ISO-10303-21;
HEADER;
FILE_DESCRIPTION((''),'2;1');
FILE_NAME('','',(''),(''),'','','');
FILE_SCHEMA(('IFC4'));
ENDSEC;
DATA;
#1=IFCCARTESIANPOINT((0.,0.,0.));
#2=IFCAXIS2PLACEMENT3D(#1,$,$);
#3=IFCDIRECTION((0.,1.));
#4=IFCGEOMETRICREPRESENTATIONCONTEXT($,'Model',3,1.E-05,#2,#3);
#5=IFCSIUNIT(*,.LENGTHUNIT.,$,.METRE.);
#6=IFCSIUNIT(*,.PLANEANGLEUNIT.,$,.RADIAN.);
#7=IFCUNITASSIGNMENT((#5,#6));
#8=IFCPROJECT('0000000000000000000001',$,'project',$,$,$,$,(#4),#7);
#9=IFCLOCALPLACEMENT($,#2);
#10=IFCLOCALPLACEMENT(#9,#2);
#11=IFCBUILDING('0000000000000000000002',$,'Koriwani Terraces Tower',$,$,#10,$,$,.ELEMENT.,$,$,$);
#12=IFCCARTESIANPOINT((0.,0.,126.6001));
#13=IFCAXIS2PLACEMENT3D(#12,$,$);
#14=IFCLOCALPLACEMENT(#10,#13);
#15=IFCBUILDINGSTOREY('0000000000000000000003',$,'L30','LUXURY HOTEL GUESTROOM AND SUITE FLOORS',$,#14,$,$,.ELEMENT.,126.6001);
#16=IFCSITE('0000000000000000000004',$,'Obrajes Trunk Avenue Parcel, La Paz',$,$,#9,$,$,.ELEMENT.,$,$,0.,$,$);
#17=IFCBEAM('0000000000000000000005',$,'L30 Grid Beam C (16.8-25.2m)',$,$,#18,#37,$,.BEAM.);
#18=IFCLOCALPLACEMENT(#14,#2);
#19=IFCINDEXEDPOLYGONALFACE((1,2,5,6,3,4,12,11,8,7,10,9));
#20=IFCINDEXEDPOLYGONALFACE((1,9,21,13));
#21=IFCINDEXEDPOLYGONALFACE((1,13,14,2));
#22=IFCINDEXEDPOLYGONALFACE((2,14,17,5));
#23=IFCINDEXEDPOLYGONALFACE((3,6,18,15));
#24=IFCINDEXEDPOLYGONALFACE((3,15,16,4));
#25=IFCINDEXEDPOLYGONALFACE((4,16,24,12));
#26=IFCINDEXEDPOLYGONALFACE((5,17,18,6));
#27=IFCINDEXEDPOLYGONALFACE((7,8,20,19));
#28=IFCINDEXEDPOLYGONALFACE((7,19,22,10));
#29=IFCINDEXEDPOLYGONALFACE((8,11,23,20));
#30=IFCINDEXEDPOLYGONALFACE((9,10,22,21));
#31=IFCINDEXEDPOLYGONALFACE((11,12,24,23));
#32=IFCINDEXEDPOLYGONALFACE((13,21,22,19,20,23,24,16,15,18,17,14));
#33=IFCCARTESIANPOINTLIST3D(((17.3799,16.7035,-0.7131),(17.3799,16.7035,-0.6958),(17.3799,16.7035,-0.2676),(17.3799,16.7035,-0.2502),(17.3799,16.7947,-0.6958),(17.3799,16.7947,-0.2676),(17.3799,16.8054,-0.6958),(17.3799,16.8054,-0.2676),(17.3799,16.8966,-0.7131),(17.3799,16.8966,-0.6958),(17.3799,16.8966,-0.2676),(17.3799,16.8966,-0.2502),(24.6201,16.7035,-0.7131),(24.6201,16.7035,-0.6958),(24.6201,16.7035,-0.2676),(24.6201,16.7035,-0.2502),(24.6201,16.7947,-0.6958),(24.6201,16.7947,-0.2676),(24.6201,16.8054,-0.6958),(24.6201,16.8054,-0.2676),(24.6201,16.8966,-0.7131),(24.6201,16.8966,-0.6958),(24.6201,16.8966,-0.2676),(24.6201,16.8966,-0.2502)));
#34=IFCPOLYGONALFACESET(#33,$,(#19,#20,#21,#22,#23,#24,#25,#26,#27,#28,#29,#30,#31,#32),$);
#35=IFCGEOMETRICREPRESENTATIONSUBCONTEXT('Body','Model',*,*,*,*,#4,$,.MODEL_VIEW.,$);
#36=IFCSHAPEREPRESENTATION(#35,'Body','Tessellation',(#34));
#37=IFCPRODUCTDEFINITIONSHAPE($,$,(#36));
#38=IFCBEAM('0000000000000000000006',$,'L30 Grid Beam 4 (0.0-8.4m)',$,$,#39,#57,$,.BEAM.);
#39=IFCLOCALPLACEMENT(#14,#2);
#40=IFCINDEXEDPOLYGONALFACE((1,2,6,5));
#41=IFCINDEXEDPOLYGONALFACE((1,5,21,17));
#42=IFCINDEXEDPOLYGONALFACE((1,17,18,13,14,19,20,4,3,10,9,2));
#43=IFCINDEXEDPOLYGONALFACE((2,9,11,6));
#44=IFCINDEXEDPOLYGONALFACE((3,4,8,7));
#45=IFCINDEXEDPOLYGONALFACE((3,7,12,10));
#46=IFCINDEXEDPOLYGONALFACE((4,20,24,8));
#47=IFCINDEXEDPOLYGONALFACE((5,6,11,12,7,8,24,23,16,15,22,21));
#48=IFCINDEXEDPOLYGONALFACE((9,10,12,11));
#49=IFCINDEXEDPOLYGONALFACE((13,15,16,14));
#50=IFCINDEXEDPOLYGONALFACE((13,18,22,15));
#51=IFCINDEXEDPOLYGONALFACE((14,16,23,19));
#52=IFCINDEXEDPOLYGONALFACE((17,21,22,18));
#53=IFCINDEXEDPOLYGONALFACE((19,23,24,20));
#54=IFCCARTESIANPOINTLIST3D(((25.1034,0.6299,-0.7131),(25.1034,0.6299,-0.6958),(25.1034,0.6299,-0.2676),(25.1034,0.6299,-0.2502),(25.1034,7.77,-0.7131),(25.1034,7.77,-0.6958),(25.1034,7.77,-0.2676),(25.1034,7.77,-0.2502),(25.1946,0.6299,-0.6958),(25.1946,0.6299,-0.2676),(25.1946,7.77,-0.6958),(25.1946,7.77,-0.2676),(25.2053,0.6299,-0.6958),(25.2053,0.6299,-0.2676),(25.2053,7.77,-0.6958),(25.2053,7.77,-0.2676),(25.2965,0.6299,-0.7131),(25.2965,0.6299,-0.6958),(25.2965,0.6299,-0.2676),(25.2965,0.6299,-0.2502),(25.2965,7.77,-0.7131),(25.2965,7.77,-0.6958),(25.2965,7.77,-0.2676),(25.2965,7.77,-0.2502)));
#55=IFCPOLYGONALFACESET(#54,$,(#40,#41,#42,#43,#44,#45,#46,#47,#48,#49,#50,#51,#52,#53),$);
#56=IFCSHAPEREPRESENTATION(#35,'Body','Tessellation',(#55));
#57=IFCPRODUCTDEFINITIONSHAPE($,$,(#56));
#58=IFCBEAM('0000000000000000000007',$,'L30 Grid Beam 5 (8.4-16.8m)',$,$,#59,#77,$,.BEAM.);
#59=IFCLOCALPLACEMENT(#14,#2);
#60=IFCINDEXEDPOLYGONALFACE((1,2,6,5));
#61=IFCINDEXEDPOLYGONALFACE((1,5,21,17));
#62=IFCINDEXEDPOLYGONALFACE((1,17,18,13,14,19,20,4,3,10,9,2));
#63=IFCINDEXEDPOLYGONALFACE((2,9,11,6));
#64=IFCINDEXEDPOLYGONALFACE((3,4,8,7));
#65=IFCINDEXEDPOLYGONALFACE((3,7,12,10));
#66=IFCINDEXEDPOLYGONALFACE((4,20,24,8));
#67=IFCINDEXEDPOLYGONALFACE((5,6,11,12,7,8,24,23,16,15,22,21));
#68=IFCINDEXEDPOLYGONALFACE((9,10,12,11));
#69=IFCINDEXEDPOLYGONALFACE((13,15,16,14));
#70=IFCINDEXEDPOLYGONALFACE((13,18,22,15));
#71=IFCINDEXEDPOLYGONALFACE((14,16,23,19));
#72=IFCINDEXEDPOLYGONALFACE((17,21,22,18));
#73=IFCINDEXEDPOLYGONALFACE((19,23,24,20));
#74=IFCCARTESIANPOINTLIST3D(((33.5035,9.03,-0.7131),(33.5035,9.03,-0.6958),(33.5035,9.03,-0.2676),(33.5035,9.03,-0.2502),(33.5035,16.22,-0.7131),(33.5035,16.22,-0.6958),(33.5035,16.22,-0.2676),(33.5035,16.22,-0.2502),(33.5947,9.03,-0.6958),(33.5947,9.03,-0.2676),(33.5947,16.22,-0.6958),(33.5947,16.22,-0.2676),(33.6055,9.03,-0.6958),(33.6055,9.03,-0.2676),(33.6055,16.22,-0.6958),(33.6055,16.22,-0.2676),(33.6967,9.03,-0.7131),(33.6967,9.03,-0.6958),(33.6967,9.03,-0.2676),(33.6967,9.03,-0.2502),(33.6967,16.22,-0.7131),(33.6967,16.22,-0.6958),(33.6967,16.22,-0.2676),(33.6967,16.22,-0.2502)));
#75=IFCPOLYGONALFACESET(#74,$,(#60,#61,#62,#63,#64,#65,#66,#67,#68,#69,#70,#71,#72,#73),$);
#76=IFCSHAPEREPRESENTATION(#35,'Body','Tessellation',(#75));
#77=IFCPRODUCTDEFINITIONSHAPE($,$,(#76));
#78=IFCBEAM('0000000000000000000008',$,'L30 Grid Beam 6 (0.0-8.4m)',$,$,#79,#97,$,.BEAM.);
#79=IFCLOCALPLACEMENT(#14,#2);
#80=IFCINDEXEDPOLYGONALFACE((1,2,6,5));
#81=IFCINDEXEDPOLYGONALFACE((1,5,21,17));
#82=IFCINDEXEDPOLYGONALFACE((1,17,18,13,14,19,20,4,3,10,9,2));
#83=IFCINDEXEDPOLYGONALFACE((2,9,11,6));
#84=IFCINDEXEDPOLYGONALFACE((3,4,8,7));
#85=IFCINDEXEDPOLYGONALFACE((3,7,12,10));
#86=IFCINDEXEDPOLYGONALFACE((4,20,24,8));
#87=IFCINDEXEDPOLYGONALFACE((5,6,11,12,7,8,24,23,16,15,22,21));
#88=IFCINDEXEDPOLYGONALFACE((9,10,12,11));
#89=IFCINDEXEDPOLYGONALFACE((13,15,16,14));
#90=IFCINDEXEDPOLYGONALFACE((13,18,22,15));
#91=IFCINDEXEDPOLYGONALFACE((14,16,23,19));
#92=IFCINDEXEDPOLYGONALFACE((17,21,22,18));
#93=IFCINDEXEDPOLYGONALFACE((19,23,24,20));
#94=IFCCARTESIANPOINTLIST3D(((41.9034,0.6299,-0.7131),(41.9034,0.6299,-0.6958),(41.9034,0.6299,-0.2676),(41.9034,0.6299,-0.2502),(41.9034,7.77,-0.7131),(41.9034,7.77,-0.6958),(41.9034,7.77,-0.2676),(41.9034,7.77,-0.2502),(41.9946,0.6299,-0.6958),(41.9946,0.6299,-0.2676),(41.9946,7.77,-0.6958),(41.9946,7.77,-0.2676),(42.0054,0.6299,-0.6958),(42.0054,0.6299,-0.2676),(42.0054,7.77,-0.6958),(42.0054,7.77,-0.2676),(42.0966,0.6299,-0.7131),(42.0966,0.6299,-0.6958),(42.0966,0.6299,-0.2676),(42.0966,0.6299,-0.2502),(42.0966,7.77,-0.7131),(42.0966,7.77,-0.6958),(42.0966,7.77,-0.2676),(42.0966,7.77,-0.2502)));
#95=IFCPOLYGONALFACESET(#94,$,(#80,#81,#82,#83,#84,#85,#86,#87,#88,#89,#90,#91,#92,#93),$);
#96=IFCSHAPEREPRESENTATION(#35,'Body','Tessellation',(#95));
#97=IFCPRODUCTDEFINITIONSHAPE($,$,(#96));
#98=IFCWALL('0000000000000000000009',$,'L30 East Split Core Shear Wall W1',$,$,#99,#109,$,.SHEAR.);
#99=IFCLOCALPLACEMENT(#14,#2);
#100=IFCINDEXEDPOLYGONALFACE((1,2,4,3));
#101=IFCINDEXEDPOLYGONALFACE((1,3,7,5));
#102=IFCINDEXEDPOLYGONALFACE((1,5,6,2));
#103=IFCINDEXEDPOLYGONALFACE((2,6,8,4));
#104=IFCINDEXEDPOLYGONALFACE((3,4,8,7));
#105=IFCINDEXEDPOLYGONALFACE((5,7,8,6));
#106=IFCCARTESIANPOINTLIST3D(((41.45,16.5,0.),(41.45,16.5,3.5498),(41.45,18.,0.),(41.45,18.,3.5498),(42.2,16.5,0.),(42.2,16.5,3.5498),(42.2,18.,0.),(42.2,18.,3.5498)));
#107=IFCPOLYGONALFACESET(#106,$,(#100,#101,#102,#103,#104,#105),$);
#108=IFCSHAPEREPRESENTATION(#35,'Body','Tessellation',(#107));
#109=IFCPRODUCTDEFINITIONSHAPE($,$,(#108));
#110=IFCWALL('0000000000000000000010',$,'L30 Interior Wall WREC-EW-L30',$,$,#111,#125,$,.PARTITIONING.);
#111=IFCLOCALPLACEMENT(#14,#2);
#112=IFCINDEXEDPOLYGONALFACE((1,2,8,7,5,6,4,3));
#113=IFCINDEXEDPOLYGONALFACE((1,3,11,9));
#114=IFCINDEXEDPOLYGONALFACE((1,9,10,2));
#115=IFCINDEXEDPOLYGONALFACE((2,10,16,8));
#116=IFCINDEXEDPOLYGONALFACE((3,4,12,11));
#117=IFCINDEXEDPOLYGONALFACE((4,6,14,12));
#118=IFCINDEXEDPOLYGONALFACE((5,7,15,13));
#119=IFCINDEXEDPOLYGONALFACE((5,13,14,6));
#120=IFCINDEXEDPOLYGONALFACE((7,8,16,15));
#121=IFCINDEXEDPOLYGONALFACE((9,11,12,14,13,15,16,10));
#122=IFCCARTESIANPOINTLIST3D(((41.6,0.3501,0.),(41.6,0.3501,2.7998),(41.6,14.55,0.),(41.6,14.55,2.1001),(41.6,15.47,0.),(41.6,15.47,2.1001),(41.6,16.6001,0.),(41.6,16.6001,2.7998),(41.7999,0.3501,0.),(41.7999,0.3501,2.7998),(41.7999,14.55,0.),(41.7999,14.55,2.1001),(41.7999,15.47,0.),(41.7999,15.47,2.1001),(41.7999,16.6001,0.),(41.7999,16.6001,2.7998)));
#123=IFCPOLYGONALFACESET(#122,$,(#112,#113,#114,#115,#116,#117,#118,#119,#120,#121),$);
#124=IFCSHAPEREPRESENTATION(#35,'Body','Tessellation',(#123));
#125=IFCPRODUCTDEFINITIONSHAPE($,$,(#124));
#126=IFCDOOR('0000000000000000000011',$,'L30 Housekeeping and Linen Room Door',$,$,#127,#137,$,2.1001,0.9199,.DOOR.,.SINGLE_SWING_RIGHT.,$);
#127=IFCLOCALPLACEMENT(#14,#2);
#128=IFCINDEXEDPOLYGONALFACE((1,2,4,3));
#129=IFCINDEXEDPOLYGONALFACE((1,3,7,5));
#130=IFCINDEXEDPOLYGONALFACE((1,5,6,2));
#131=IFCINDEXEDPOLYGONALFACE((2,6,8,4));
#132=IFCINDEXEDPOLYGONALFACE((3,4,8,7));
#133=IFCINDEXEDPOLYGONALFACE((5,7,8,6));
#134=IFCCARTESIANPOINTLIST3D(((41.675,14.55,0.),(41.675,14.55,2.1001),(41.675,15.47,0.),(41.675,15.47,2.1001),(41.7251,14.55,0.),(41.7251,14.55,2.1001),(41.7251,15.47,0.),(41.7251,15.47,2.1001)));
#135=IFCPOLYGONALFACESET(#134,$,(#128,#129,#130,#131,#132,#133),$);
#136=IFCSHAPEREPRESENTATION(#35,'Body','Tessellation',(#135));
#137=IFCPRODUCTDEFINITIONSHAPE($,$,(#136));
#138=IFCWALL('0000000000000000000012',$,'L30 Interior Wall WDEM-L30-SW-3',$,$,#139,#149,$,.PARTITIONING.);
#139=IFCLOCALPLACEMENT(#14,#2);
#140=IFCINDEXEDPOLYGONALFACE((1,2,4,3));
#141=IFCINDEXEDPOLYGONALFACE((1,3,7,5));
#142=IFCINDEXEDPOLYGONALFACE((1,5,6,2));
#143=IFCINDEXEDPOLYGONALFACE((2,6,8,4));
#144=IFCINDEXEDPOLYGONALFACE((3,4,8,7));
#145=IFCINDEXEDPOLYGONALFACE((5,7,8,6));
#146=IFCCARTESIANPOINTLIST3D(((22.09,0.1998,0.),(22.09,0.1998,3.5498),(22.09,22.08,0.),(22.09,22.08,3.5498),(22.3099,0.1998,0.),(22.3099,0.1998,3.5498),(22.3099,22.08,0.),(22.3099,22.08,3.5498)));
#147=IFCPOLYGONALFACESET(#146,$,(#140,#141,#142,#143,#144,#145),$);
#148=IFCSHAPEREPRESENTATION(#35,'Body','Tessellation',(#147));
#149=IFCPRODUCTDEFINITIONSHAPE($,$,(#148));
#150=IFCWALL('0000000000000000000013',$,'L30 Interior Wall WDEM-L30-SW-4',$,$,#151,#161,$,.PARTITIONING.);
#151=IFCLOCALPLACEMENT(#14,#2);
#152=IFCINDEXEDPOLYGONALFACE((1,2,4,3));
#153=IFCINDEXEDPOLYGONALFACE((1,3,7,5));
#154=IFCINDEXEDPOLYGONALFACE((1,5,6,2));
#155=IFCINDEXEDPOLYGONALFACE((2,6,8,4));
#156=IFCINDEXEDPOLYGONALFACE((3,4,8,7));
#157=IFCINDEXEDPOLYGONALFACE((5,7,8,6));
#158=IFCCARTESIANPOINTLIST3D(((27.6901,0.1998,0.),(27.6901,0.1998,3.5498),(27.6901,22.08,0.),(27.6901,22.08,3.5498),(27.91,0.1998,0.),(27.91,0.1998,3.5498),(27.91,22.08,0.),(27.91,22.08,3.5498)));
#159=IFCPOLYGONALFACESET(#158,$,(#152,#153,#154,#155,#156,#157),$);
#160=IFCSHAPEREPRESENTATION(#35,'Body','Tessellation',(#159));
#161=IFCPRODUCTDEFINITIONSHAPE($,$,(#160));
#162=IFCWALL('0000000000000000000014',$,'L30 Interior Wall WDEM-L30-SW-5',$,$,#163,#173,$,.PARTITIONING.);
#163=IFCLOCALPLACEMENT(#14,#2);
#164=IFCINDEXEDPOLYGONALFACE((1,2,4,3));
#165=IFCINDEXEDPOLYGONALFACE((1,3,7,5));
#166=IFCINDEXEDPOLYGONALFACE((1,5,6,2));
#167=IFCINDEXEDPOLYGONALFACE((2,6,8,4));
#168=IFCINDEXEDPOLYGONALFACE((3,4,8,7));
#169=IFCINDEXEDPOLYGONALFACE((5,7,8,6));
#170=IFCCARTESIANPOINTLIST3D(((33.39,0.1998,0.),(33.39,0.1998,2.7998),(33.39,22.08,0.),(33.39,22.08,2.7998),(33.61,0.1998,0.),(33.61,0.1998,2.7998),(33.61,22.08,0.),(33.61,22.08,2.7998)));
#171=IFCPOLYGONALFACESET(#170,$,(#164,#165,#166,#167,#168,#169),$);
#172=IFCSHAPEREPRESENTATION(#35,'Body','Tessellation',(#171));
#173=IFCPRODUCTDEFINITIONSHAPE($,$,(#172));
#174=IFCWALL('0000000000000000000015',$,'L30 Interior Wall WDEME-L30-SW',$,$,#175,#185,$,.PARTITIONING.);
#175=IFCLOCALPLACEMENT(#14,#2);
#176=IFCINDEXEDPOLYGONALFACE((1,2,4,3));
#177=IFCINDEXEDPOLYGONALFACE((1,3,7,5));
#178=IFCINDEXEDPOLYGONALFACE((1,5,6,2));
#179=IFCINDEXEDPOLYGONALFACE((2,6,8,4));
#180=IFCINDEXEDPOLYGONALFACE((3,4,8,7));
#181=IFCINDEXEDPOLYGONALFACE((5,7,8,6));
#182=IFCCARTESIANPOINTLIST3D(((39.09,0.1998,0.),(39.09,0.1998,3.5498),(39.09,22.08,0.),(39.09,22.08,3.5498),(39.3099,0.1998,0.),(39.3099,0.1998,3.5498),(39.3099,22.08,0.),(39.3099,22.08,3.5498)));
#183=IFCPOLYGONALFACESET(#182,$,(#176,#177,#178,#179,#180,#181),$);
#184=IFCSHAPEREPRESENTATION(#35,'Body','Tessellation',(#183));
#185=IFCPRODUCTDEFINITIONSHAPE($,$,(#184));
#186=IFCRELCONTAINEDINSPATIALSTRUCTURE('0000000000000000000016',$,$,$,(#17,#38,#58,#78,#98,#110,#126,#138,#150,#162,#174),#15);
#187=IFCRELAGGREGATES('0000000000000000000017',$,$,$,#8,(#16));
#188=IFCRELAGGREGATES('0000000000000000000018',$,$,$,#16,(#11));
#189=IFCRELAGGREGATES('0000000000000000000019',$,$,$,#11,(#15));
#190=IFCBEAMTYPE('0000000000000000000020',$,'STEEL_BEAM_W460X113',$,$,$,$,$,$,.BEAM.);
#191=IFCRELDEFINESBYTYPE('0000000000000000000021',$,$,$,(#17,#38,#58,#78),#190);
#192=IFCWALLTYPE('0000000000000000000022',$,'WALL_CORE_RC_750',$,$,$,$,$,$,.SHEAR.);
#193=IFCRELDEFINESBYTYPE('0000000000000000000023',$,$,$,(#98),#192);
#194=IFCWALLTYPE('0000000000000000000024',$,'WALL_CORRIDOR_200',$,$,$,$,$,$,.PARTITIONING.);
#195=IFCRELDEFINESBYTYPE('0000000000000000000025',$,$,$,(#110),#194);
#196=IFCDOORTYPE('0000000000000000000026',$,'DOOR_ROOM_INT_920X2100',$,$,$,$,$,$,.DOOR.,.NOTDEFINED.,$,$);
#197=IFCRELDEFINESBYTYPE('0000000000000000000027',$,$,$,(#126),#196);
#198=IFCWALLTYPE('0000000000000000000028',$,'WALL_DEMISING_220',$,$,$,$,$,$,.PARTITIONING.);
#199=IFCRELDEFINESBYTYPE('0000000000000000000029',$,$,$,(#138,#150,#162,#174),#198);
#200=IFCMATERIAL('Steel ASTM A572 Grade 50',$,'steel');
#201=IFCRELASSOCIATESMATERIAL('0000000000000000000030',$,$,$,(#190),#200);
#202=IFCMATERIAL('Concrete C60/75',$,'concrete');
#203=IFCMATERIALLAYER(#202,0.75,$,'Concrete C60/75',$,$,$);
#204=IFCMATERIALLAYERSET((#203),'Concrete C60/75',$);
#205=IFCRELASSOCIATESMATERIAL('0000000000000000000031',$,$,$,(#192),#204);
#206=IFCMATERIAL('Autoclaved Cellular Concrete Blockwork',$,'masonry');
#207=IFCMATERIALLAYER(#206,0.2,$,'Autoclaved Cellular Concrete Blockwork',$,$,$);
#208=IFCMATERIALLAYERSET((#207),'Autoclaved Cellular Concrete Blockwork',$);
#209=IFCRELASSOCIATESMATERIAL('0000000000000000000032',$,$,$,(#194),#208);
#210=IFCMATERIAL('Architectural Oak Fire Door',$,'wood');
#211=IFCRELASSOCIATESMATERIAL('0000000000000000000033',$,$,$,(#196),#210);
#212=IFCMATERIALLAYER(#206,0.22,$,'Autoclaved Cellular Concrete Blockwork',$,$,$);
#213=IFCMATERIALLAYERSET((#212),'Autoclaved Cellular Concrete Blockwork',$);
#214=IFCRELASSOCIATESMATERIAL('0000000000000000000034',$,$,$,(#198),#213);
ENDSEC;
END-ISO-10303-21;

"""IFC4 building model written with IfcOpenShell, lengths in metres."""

from ifc_helpers import new_model, si_unit, direction, frame, frame_2d, origin, origin_2d, place, context, subcontext, project, spatial, rectangle, i_section, extrude, material, layer, layer_set, material_profile, profile_set, type_object, element, fill, save


model = new_model("IFC4")

# Units and contexts
model_context = context("Model", 3, precision=1e-05, world=origin(), true_north=direction((0.0, 1.0)))
body_context = subcontext(model_context, "Body", "Model", "MODEL_VIEW")
ifc_project = project(units=[si_unit("LENGTHUNIT", "METRE"), si_unit("PLANEANGLEUNIT", "RADIAN")], contexts=[model_context])

# Site, building, storey
site_placement = place(None, origin())
site = spatial("IfcSite", under=ifc_project, at=site_placement, Name="Obrajes Trunk Avenue Parcel, La Paz", CompositionType="ELEMENT", RefElevation=0.0)
building_placement = place(site_placement, origin())
building = spatial("IfcBuilding", under=site, at=building_placement, Name="Koriwani Terraces Tower", CompositionType="ELEMENT")
storey_placement = place(building_placement, frame((0.0, 0.0, 126.6001)))
storey = spatial("IfcBuildingStorey", under=building, at=storey_placement, Name="L30", Description="LUXURY HOTEL GUESTROOM AND SUITE FLOORS", CompositionType="ELEMENT", Elevation=126.6001)

# Shared definitions
ifc_material_1 = material(Name="Concrete C60/75", Category="concrete")

# Beams
ifc_material_2 = material(Name="Steel ASTM A572 Grade 50", Category="steel")
ifc_material_profile_1 = material_profile(ifc_material_2, i_section(OverallWidth=0.1931, OverallDepth=0.4629, WebThickness=0.0107, FlangeThickness=0.0173, at=origin_2d()), Name="Steel ASTM A572 Grade 50", Category="LoadBearing")
ifc_profile_set_1 = profile_set([ifc_material_profile_1], Name="Steel ASTM A572 Grade 50")
beam_type_1 = type_object("IfcBeamType", Name="STEEL_BEAM_W460X113", PredefinedType="BEAM", material=ifc_profile_set_1)
beam_1_placement = place(storey_placement, frame((17.3799, 16.8, -0.4817), z_axis=(1.0, 0.0, 0.0), x_axis=(0.0, 1.0, 0.0)))
element("IfcBeam", 1, at=beam_1_placement, inside=storey, type_object=beam_type_1, Name="L30 Grid Beam C (16.8-25.2m)", PredefinedType="BEAM", context=body_context, shape_type="SweptSolid", body=[
    extrude(i_section(OverallWidth=0.1931, OverallDepth=0.4629, WebThickness=0.0107, FlangeThickness=0.0173, at=origin_2d()), origin(), (0.0, 0.0, 1.0), 7.2402),
])
beam_2_placement = place(storey_placement, frame((25.2, 0.6299, -0.4817), z_axis=(0.0, 1.0, 0.0), x_axis=(-1.0, 0.0, 0.0)))
element("IfcBeam", 2, at=beam_2_placement, inside=storey, type_object=beam_type_1, Name="L30 Grid Beam 4 (0.0-8.4m)", PredefinedType="BEAM", context=body_context, shape_type="SweptSolid", body=[
    extrude(i_section(OverallWidth=0.1931, OverallDepth=0.4629, WebThickness=0.0107, FlangeThickness=0.0173, at=origin_2d()), origin(), (0.0, 0.0, 1.0), 7.1401),
])
beam_3_placement = place(storey_placement, frame((33.6001, 9.03, -0.4817), z_axis=(0.0, 1.0, 0.0), x_axis=(-1.0, 0.0, 0.0)))
element("IfcBeam", 3, at=beam_3_placement, inside=storey, type_object=beam_type_1, Name="L30 Grid Beam 5 (8.4-16.8m)", PredefinedType="BEAM", context=body_context, shape_type="SweptSolid", body=[
    extrude(i_section(OverallWidth=0.1931, OverallDepth=0.4629, WebThickness=0.0107, FlangeThickness=0.0173, at=origin_2d()), origin(), (0.0, 0.0, 1.0), 7.1899),
])
beam_4_placement = place(storey_placement, frame((42.0, 0.6299, -0.4817), z_axis=(0.0, 1.0, 0.0), x_axis=(-1.0, 0.0, 0.0)))
element("IfcBeam", 4, at=beam_4_placement, inside=storey, type_object=beam_type_1, Name="L30 Grid Beam 6 (0.0-8.4m)", PredefinedType="BEAM", context=body_context, shape_type="SweptSolid", body=[
    extrude(i_section(OverallWidth=0.1931, OverallDepth=0.4629, WebThickness=0.0107, FlangeThickness=0.0173, at=origin_2d()), origin(), (0.0, 0.0, 1.0), 7.1401),
])

# Wall
ifc_layer_1 = layer(ifc_material_1, 0.75, Name="Concrete C60/75")
ifc_layer_set_1 = layer_set([ifc_layer_1], Name="Concrete C60/75")
wall_type_1 = type_object("IfcWallType", Name="WALL_CORE_RC_750", PredefinedType="SHEAR", material=ifc_layer_set_1)
wall_1_placement = place(storey_placement, frame((41.825, 16.5, 0.0), z_axis=(0.0, 0.0, 1.0), x_axis=(0.0, 1.0, 0.0)))
element("IfcWall", 5, at=wall_1_placement, inside=storey, type_object=wall_type_1, Name="L30 East Split Core Shear Wall W1", PredefinedType="SHEAR", context=body_context, shape_type="SweptSolid", body=[
    extrude(rectangle(XDim=1.5, YDim=0.75, at=frame_2d((0.75, 0.0))), origin(), (0.0, 0.0, 1.0), 3.5498),
])

# Wall, opening, door
ifc_material_3 = material(Name="Autoclaved Cellular Concrete Blockwork", Category="masonry")
ifc_layer_2 = layer(ifc_material_3, 0.2, Name="Autoclaved Cellular Concrete Blockwork")
ifc_layer_set_2 = layer_set([ifc_layer_2], Name="Autoclaved Cellular Concrete Blockwork")
wall_type_2 = type_object("IfcWallType", Name="WALL_CORRIDOR_200", PredefinedType="PARTITIONING", material=ifc_layer_set_2)
wall_2_placement = place(storey_placement, frame((41.7, 0.3501, 0.0), z_axis=(0.0, 0.0, 1.0), x_axis=(0.0, 1.0, 0.0)))
wall_2 = element("IfcWall", 6, at=wall_2_placement, inside=storey, type_object=wall_type_2, Name="L30 Interior Wall WREC-EW-L30", PredefinedType="PARTITIONING", context=body_context, shape_type="SweptSolid", body=[
    extrude(rectangle(XDim=16.25, YDim=0.2, at=frame_2d((8.125, 0.0))), origin(), (0.0, 0.0, 1.0), 2.7998),
])
opening_1_placement = place(wall_2_placement, frame((14.2, 0.0, 0.0)))
opening_1 = element("IfcOpeningElement", 7, at=opening_1_placement, cuts=wall_2, PredefinedType="OPENING", context=body_context, shape_type="SweptSolid", body=[
    extrude(rectangle(XDim=0.9199, YDim=2.1001, at=frame_2d((0.46, 1.05))), frame((0.0, 0.1099, 0.0), z_axis=(0.0, -1.0, 0.0), x_axis=(1.0, 0.0, 0.0)), (0.0, 0.0, 1.0), 0.22),
])
ifc_material_4 = material(Name="Architectural Oak Fire Door", Category="wood")
door_type = type_object("IfcDoorType", Name="DOOR_ROOM_INT_920X2100", OperationType="NOTDEFINED", PredefinedType="DOOR", material=ifc_material_4)
door_1_placement = place(opening_1_placement, origin())
door_1 = element("IfcDoor", 8, at=door_1_placement, inside=storey, type_object=door_type, Name="L30 Housekeeping and Linen Room Door", OperationType="SINGLE_SWING_RIGHT", OverallHeight=2.1001, OverallWidth=0.9199, PredefinedType="DOOR", context=body_context, shape_type="SweptSolid", body=[
    extrude(rectangle(XDim=0.9199, YDim=2.1001, at=frame_2d((0.46, 1.05))), frame((0.0, 0.0249, 0.0), z_axis=(0.0, -1.0, 0.0), x_axis=(1.0, 0.0, 0.0)), (0.0, 0.0, 1.0), 0.05),
])
fill(opening_1, door_1)

# Walls
ifc_layer_3 = layer(ifc_material_3, 0.22, Name="Autoclaved Cellular Concrete Blockwork")
ifc_layer_set_3 = layer_set([ifc_layer_3], Name="Autoclaved Cellular Concrete Blockwork")
wall_type_3 = type_object("IfcWallType", Name="WALL_DEMISING_220", PredefinedType="PARTITIONING", material=ifc_layer_set_3)
for number, where, z_axis, x_axis, name in (
    (9, (22.2, 0.2, 0.0), (0.0, 0.0, 1.0), (0.0, 1.0, 0.0), "L30 Interior Wall WDEM-L30-SW-3"),
    (10, (27.8, 0.2, 0.0), (0.0, 0.0, 1.0), (0.0, 1.0, 0.0), "L30 Interior Wall WDEM-L30-SW-4"),
):
    element("IfcWall", number, at=place(storey_placement, frame(where, z_axis=z_axis, x_axis=x_axis)), inside=storey, type_object=wall_type_3, Name=name, PredefinedType="PARTITIONING", context=body_context, shape_type="SweptSolid", body=[
        extrude(rectangle(XDim=21.8801, YDim=0.22, at=frame_2d((10.9399, 0.0))), origin(), (0.0, 0.0, 1.0), 3.5498),
    ])
wall_3_placement = place(storey_placement, frame((33.5, 0.2, 0.0), z_axis=(0.0, 0.0, 1.0), x_axis=(0.0, 1.0, 0.0)))
element("IfcWall", 11, at=wall_3_placement, inside=storey, type_object=wall_type_3, Name="L30 Interior Wall WDEM-L30-SW-5", PredefinedType="PARTITIONING", context=body_context, shape_type="SweptSolid", body=[
    extrude(rectangle(XDim=21.8801, YDim=0.22, at=frame_2d((10.9399, 0.0))), origin(), (0.0, 0.0, 1.0), 2.7998),
])
wall_4_placement = place(storey_placement, frame((39.2, 0.2, 0.0), z_axis=(0.0, 0.0, 1.0), x_axis=(0.0, 1.0, 0.0)))
element("IfcWall", 12, at=wall_4_placement, inside=storey, type_object=wall_type_3, Name="L30 Interior Wall WDEME-L30-SW", PredefinedType="PARTITIONING", context=body_context, shape_type="SweptSolid", body=[
    extrude(rectangle(XDim=21.8801, YDim=0.22, at=frame_2d((10.9399, 0.0))), origin(), (0.0, 0.0, 1.0), 3.5498),
])

save(model, "model.ifc")
